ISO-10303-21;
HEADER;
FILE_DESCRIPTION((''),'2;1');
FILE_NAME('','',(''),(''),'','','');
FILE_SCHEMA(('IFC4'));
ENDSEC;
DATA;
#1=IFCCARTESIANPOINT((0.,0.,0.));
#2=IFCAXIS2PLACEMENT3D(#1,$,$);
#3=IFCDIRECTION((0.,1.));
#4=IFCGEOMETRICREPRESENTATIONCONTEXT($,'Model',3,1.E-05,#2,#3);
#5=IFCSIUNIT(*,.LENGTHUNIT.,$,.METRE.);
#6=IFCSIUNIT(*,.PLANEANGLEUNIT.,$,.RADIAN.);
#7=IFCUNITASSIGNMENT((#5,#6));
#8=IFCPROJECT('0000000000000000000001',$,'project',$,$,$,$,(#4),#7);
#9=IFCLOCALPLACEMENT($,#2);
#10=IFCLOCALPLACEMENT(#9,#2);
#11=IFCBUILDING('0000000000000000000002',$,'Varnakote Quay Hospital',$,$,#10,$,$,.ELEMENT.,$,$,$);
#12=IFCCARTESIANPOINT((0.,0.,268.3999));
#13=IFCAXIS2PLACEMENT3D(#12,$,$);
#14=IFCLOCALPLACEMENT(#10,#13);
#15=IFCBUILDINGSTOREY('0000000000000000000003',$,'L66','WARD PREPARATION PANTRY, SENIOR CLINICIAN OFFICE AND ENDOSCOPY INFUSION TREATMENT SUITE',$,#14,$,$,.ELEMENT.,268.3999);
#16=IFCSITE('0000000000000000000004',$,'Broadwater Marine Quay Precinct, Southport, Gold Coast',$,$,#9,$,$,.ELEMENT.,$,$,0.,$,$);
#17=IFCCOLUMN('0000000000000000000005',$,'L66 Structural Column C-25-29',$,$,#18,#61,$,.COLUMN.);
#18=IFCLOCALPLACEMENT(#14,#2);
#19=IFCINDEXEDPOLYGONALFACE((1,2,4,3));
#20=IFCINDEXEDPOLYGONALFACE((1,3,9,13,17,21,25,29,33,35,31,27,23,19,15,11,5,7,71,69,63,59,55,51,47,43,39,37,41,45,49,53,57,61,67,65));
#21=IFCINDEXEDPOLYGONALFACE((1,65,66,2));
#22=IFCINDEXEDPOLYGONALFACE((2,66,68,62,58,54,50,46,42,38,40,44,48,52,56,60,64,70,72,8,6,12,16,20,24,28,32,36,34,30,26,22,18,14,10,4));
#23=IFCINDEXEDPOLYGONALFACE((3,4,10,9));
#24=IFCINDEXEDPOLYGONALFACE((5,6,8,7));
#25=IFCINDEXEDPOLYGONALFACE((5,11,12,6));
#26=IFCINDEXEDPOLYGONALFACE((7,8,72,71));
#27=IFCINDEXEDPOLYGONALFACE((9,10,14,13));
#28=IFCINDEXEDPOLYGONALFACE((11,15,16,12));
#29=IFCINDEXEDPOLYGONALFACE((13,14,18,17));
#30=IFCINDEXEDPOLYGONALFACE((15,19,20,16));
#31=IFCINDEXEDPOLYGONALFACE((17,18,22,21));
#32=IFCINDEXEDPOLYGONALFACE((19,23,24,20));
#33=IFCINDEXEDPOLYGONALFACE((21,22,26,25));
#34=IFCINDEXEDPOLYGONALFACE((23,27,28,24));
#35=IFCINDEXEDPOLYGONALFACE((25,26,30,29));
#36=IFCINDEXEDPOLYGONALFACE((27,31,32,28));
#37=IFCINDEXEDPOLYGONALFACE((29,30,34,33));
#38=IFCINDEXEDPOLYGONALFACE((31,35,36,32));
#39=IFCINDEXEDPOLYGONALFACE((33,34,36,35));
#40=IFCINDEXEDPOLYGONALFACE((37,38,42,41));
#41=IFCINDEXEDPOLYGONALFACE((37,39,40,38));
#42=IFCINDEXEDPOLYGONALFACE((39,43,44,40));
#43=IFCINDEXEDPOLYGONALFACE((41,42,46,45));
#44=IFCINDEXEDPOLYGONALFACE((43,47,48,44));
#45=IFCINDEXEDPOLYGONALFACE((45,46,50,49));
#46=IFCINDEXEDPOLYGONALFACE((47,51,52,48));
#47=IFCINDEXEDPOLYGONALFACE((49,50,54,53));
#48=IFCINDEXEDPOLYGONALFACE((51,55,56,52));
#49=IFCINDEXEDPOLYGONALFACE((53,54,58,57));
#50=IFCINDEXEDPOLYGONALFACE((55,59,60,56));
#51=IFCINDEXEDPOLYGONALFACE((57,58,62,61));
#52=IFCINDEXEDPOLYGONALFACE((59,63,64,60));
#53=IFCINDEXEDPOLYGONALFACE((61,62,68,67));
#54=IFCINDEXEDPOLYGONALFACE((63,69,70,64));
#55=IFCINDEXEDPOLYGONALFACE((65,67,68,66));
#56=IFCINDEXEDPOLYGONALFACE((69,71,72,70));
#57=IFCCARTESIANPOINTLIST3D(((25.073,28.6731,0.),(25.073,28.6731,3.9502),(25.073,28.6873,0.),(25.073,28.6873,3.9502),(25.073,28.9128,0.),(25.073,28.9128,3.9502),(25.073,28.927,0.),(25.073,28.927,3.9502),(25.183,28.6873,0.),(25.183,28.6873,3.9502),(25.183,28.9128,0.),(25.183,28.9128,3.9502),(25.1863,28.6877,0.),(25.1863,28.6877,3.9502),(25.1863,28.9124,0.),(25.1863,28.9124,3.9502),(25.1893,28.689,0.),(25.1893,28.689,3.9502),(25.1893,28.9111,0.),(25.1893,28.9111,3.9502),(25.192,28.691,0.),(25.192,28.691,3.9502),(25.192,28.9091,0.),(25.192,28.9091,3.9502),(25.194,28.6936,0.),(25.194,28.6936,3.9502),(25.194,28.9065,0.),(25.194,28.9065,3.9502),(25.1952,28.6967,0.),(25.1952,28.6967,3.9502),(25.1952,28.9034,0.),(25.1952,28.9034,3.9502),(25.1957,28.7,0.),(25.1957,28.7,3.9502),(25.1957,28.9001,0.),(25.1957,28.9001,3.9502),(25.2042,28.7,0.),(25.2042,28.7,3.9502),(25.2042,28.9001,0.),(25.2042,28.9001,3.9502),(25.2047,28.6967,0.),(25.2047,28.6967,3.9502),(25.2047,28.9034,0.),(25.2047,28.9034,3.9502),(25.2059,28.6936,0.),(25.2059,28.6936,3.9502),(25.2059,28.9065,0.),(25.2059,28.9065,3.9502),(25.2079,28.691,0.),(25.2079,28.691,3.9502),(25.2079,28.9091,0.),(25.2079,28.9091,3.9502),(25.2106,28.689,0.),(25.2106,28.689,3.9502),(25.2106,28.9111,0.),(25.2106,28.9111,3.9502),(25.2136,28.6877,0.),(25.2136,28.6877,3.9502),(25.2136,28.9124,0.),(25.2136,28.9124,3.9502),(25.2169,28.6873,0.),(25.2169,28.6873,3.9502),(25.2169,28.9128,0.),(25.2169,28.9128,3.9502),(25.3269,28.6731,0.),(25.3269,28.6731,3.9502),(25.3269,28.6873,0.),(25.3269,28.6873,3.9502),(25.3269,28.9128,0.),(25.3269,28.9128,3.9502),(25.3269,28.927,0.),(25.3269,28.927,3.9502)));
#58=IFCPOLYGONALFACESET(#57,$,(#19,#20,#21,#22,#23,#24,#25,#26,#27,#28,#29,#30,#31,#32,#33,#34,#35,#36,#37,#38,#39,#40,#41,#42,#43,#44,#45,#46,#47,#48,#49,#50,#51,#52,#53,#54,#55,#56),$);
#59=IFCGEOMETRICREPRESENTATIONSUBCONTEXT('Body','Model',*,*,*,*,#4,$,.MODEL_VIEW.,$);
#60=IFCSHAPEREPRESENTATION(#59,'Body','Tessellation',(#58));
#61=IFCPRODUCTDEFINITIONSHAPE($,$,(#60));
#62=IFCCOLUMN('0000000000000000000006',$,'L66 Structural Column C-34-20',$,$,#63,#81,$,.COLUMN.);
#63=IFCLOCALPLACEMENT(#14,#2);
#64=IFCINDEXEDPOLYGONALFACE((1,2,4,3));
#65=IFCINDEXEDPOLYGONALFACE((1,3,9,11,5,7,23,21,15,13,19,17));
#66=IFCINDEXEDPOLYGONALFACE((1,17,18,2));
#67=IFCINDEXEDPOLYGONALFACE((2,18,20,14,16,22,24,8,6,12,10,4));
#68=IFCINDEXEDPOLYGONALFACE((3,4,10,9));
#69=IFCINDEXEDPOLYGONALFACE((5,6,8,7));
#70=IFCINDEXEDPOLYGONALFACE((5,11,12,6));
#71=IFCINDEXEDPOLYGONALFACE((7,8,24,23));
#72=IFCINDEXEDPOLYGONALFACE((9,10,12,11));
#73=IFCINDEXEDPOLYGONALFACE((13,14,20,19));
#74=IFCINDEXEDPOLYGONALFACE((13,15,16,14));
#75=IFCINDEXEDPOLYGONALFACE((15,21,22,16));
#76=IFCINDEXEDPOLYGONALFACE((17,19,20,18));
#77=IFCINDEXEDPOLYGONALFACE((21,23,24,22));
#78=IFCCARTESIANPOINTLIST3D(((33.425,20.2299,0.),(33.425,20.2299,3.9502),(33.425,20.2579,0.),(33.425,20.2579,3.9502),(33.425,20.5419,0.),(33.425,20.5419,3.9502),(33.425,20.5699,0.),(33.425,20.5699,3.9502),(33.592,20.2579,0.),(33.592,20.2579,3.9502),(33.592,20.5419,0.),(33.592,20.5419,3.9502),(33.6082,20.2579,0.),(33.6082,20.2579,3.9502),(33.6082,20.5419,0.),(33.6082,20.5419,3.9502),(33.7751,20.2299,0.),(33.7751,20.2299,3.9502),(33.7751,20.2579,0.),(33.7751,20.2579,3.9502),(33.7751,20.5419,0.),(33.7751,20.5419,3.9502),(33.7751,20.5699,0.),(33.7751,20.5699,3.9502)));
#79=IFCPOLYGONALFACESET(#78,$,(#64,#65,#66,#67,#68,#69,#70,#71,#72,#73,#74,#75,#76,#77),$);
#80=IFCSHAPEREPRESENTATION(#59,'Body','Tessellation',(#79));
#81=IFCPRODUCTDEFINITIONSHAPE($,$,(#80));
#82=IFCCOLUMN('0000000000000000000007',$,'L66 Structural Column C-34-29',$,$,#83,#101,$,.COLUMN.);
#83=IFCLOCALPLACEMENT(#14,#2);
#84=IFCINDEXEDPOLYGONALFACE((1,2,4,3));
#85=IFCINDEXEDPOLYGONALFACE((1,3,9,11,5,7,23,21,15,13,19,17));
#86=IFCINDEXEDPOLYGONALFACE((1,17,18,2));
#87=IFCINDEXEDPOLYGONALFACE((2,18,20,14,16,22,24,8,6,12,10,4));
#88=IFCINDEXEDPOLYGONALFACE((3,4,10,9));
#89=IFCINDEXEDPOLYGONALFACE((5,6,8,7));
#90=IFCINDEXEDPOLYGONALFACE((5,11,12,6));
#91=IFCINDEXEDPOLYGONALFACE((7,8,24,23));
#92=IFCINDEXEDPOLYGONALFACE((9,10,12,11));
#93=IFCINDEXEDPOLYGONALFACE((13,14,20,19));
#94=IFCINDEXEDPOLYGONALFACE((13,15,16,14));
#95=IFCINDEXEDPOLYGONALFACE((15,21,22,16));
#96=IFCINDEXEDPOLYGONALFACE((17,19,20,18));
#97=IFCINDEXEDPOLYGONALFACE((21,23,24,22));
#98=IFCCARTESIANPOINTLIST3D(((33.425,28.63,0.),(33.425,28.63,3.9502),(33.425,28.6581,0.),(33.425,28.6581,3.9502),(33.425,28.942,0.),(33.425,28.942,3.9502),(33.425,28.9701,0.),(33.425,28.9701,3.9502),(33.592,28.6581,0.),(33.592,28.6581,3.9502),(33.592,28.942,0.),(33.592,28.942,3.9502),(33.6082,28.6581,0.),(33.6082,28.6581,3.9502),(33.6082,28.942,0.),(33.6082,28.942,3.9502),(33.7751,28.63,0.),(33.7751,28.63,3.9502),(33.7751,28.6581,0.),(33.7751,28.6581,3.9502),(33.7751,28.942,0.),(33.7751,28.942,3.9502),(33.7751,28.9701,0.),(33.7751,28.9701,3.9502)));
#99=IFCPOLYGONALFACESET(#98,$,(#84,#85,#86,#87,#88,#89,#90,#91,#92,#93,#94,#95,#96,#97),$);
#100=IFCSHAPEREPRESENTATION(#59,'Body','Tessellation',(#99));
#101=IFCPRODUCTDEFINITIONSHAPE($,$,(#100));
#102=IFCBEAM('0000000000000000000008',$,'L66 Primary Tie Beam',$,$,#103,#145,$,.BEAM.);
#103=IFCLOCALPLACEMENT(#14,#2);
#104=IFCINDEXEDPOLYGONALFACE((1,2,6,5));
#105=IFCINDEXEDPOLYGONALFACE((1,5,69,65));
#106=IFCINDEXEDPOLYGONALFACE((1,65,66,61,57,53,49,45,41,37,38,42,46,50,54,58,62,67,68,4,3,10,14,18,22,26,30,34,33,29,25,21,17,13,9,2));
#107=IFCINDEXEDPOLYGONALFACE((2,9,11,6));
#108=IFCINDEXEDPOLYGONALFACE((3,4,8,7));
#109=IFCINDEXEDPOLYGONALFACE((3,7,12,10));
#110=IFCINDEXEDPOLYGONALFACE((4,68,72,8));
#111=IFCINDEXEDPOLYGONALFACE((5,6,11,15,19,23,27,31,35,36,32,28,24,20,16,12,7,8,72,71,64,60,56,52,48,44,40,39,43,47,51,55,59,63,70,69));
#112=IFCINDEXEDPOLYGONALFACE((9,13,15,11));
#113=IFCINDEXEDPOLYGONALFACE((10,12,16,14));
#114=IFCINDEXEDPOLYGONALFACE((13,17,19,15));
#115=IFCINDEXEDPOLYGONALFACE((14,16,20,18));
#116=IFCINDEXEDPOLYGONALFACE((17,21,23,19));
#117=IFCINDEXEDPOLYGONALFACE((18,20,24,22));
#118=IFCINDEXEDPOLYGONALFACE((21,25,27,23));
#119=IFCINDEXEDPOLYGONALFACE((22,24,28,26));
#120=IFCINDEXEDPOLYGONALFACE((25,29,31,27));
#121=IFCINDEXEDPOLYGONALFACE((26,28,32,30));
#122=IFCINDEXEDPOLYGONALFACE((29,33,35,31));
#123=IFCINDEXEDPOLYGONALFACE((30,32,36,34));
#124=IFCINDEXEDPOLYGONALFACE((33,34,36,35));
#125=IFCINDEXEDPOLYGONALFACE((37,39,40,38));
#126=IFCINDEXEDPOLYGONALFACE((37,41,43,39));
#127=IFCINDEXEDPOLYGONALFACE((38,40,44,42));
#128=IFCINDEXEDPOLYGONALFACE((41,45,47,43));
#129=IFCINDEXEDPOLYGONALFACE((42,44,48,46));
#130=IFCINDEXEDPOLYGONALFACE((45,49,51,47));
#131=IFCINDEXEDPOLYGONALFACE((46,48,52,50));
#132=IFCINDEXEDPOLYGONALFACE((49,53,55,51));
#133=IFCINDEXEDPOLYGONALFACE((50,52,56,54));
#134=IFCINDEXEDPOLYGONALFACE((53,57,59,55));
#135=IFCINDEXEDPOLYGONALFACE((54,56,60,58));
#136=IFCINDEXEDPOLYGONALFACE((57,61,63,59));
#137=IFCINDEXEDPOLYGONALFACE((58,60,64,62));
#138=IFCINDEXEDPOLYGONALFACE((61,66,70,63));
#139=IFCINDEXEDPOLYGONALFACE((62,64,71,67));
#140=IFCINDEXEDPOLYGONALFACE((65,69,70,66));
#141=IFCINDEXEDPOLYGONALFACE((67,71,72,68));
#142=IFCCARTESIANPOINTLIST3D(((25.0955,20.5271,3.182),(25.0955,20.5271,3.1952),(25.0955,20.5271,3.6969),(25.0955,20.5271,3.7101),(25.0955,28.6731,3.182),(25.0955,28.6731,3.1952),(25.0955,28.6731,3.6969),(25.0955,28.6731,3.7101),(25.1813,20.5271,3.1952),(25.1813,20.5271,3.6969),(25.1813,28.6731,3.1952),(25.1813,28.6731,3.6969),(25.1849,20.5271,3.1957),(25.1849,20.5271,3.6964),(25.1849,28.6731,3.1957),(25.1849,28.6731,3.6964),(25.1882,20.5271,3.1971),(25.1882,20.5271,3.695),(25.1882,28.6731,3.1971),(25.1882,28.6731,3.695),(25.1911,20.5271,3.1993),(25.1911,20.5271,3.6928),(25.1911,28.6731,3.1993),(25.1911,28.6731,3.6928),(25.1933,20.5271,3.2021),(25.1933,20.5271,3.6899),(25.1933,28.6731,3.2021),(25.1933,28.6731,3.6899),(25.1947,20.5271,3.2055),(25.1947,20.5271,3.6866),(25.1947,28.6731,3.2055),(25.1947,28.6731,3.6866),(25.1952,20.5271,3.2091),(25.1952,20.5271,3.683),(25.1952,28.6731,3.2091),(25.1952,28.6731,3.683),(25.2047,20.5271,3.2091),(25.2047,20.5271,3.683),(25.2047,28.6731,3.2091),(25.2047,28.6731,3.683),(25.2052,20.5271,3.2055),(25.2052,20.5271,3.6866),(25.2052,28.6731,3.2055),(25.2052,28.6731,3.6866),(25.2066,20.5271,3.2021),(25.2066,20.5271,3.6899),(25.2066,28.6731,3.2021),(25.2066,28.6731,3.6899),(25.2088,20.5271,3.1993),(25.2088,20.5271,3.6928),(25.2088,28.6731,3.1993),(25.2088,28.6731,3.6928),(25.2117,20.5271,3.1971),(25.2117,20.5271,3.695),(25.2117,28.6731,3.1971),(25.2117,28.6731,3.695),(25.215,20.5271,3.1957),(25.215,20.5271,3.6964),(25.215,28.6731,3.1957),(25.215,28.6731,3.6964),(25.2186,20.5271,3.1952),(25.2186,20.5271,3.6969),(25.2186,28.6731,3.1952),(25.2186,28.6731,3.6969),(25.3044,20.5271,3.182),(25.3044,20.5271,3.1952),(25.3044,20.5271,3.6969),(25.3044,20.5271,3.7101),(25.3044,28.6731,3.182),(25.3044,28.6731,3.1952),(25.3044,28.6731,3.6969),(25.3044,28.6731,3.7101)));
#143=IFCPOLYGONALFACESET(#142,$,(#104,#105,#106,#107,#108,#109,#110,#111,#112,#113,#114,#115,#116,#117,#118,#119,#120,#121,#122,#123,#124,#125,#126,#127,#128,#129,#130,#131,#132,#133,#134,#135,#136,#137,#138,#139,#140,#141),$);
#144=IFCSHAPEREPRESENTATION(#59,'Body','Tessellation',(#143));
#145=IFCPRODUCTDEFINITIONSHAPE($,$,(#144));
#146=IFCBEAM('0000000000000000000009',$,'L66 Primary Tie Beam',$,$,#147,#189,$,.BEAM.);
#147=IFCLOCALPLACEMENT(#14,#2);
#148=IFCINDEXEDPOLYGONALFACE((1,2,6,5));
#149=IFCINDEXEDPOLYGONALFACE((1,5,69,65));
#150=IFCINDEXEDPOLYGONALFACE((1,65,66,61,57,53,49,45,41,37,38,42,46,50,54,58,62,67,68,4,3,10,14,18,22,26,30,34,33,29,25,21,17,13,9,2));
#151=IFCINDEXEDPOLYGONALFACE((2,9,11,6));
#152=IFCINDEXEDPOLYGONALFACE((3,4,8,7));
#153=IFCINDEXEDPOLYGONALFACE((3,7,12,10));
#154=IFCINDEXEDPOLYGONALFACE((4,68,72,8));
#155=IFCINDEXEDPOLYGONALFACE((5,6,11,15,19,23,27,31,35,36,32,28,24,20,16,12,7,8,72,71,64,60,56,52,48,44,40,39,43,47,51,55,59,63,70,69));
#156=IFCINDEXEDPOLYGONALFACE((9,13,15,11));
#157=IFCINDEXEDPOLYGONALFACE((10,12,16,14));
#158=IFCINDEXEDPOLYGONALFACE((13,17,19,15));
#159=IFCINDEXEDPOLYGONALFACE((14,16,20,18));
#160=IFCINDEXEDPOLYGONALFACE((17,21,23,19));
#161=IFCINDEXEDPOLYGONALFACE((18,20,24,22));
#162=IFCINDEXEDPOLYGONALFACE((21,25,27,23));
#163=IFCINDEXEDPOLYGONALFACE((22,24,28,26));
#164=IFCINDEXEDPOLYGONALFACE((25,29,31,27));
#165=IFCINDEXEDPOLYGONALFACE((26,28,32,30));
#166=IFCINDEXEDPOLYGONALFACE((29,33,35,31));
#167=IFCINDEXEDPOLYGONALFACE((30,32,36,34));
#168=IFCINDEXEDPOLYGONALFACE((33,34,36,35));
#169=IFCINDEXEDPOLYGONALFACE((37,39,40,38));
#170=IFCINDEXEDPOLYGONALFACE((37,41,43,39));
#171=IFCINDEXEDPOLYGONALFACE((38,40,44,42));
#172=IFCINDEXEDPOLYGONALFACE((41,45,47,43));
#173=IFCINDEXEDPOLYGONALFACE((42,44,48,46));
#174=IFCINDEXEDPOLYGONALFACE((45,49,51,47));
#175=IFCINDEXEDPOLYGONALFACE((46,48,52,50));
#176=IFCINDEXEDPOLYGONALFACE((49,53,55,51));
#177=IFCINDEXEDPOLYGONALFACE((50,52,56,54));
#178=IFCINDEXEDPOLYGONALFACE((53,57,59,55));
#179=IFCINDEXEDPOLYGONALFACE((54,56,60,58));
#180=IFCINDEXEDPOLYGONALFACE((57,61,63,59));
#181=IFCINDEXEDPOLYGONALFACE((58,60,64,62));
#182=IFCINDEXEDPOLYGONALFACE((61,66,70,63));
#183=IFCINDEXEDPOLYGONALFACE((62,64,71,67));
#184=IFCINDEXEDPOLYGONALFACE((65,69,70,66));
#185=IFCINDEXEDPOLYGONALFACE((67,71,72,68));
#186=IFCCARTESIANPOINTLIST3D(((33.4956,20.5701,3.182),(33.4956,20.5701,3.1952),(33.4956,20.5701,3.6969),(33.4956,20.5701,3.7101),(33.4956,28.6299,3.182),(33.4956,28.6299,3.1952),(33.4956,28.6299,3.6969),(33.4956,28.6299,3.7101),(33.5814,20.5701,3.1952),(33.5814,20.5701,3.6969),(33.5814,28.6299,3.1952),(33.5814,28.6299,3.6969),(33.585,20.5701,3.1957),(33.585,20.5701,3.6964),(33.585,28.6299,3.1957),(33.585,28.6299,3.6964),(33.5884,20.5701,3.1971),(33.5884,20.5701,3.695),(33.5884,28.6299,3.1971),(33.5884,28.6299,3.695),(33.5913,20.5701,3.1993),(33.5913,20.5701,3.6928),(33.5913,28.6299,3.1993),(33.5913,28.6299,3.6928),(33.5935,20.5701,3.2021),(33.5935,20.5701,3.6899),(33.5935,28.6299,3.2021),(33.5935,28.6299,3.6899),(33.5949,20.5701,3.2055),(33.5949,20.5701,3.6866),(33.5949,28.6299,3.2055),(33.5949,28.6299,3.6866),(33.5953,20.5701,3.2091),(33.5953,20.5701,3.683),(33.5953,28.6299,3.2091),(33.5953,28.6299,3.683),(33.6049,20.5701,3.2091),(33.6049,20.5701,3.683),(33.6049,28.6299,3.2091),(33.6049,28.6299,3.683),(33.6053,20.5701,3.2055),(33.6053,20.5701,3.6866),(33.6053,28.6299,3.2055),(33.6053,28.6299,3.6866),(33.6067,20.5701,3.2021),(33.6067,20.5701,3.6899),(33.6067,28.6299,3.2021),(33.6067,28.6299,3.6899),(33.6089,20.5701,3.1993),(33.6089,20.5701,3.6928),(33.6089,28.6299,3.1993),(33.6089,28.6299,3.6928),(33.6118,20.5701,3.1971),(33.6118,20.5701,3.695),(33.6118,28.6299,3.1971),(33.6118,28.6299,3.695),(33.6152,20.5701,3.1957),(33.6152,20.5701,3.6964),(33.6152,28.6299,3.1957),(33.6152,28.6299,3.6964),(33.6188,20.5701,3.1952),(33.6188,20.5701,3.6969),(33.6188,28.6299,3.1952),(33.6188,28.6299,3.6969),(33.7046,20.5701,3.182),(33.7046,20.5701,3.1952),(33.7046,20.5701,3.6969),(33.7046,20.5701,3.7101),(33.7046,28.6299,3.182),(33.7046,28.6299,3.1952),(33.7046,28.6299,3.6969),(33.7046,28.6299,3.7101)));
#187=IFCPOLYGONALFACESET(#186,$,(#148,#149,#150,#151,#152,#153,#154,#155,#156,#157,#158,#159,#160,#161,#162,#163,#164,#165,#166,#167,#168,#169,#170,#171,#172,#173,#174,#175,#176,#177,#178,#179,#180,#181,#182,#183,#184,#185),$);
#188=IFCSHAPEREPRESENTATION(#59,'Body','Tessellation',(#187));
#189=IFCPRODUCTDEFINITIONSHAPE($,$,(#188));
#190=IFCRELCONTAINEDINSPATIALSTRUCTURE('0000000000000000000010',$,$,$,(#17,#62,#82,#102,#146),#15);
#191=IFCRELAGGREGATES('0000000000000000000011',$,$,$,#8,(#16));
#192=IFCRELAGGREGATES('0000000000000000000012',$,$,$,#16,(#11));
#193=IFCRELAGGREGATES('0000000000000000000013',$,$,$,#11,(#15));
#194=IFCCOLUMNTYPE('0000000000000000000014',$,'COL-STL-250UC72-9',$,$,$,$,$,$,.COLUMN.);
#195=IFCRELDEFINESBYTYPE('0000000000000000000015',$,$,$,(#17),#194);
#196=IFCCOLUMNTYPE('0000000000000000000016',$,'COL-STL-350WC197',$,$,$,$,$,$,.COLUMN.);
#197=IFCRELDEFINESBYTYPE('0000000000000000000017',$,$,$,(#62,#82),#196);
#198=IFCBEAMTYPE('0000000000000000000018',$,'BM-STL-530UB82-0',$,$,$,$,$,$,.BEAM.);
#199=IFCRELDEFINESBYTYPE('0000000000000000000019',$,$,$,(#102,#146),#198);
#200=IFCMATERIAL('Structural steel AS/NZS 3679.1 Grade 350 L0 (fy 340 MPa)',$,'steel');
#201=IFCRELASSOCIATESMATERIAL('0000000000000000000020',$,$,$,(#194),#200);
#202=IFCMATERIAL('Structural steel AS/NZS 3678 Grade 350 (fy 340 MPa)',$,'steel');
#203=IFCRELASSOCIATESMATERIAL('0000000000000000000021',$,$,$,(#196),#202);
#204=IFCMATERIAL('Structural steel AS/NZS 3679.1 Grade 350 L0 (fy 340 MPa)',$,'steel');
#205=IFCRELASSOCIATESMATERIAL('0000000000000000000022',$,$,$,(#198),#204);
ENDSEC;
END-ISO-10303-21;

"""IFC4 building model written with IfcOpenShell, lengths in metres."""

from ifc_helpers import new_model, si_unit, direction, frame, origin, origin_2d, place, context, subcontext, project, spatial, i_section, extrude, material, material_profile, profile_set, type_object, element, save


model = new_model("IFC4")

# Units and contexts
model_context = context("Model", 3, precision=1e-05, world=origin(), true_north=direction((0.0, 1.0)))
body_context = subcontext(model_context, "Body", "Model", "MODEL_VIEW")
ifc_project = project(units=[si_unit("LENGTHUNIT", "METRE"), si_unit("PLANEANGLEUNIT", "RADIAN")], contexts=[model_context])

# Site, building, storey
site_placement = place(None, origin())
site = spatial("IfcSite", under=ifc_project, at=site_placement, Name="Broadwater Marine Quay Precinct, Southport, Gold Coast", CompositionType="ELEMENT", RefElevation=0.0)
building_placement = place(site_placement, origin())
building = spatial("IfcBuilding", under=site, at=building_placement, Name="Varnakote Quay Hospital", CompositionType="ELEMENT")
storey_placement = place(building_placement, frame((0.0, 0.0, 268.3999)))
storey = spatial("IfcBuildingStorey", under=building, at=storey_placement, Name="L66", Description="WARD PREPARATION PANTRY, SENIOR CLINICIAN OFFICE AND ENDOSCOPY INFUSION TREATMENT SUITE", CompositionType="ELEMENT", Elevation=268.3999)

# Columns
ifc_material_1 = material(Name="Structural steel AS/NZS 3679.1 Grade 350 L0 (fy 340 MPa)", Category="steel")
ifc_material_profile_1 = material_profile(ifc_material_1, i_section(OverallWidth=0.2539, OverallDepth=0.2539, WebThickness=0.0085, FlangeThickness=0.0142, FilletRadius=0.0127, at=origin_2d()), Name="250UC72.9")
ifc_profile_set_1 = profile_set([ifc_material_profile_1], Name="Structural steel AS/NZS 3679.1 Grade 350 L0 (fy 340 MPa)")
column_type_1 = type_object("IfcColumnType", Name="COL-STL-250UC72-9", PredefinedType="COLUMN", material=ifc_profile_set_1)
column_placement = place(storey_placement, frame((25.2, 28.8, 0.0), z_axis=(0.0, 0.0, 1.0), x_axis=(1.0, 0.0, 0.0)))
element("IfcColumn", 1, at=column_placement, inside=storey, type_object=column_type_1, Name="L66 Structural Column C-25-29", PredefinedType="COLUMN", context=body_context, shape_type="SweptSolid", body=[
    extrude(i_section(OverallWidth=0.2539, OverallDepth=0.2539, WebThickness=0.0085, FlangeThickness=0.0142, FilletRadius=0.0127, at=origin_2d()), origin(), (0.0, 0.0, 1.0), 3.9502),
])
ifc_material_2 = material(Name="Structural steel AS/NZS 3678 Grade 350 (fy 340 MPa)", Category="steel")
ifc_material_profile_2 = material_profile(ifc_material_2, i_section(OverallWidth=0.3501, OverallDepth=0.3401, WebThickness=0.0161, FlangeThickness=0.0281, at=origin_2d()), Name="350WC197")
ifc_profile_set_2 = profile_set([ifc_material_profile_2], Name="Structural steel AS/NZS 3678 Grade 350 (fy 340 MPa)")
column_type_2 = type_object("IfcColumnType", Name="COL-STL-350WC197", PredefinedType="COLUMN", material=ifc_profile_set_2)
for number, where, z_axis, x_axis, name in (
    (2, (33.6001, 20.3999, 0.0), (0.0, 0.0, 1.0), (1.0, 0.0, 0.0), "L66 Structural Column C-34-20"),
    (3, (33.6001, 28.8, 0.0), (0.0, 0.0, 1.0), (1.0, 0.0, 0.0), "L66 Structural Column C-34-29"),
):
    element("IfcColumn", number, at=place(storey_placement, frame(where, z_axis=z_axis, x_axis=x_axis)), inside=storey, type_object=column_type_2, Name=name, PredefinedType="COLUMN", context=body_context, shape_type="SweptSolid", body=[
        extrude(i_section(OverallWidth=0.3501, OverallDepth=0.3401, WebThickness=0.0161, FlangeThickness=0.0281, at=origin_2d()), origin(), (0.0, 0.0, 1.0), 3.9502),
    ])

# Beams
ifc_material_3 = material(Name="Structural steel AS/NZS 3679.1 Grade 350 L0 (fy 340 MPa)", Category="steel")
ifc_material_profile_3 = material_profile(ifc_material_3, i_section(OverallWidth=0.209, OverallDepth=0.5281, WebThickness=0.0095, FlangeThickness=0.0132, FilletRadius=0.0139, at=origin_2d()), Name="530UB82.0")
ifc_profile_set_3 = profile_set([ifc_material_profile_3], Name="Structural steel AS/NZS 3679.1 Grade 350 L0 (fy 340 MPa)")
beam_type_1 = type_object("IfcBeamType", Name="BM-STL-530UB82-0", PredefinedType="BEAM", material=ifc_profile_set_3)
beam_1_placement = place(storey_placement, frame((25.2, 20.5271, 3.446), z_axis=(0.0, 1.0, 0.0), x_axis=(-1.0, 0.0, 0.0)))
element("IfcBeam", 4, at=beam_1_placement, inside=storey, type_object=beam_type_1, Name="L66 Primary Tie Beam", PredefinedType="BEAM", context=body_context, shape_type="SweptSolid", body=[
    extrude(i_section(OverallWidth=0.209, OverallDepth=0.5281, WebThickness=0.0095, FlangeThickness=0.0132, FilletRadius=0.0139, at=origin_2d()), origin(), (0.0, 0.0, 1.0), 8.146),
])
beam_2_placement = place(storey_placement, frame((33.6001, 20.5701, 3.446), z_axis=(0.0, 1.0, 0.0), x_axis=(-1.0, 0.0, 0.0)))
element("IfcBeam", 5, at=beam_2_placement, inside=storey, type_object=beam_type_1, Name="L66 Primary Tie Beam", PredefinedType="BEAM", context=body_context, shape_type="SweptSolid", body=[
    extrude(i_section(OverallWidth=0.209, OverallDepth=0.5281, WebThickness=0.0095, FlangeThickness=0.0132, FilletRadius=0.0139, at=origin_2d()), origin(), (0.0, 0.0, 1.0), 8.0598),
])

save(model, "model.ifc")
